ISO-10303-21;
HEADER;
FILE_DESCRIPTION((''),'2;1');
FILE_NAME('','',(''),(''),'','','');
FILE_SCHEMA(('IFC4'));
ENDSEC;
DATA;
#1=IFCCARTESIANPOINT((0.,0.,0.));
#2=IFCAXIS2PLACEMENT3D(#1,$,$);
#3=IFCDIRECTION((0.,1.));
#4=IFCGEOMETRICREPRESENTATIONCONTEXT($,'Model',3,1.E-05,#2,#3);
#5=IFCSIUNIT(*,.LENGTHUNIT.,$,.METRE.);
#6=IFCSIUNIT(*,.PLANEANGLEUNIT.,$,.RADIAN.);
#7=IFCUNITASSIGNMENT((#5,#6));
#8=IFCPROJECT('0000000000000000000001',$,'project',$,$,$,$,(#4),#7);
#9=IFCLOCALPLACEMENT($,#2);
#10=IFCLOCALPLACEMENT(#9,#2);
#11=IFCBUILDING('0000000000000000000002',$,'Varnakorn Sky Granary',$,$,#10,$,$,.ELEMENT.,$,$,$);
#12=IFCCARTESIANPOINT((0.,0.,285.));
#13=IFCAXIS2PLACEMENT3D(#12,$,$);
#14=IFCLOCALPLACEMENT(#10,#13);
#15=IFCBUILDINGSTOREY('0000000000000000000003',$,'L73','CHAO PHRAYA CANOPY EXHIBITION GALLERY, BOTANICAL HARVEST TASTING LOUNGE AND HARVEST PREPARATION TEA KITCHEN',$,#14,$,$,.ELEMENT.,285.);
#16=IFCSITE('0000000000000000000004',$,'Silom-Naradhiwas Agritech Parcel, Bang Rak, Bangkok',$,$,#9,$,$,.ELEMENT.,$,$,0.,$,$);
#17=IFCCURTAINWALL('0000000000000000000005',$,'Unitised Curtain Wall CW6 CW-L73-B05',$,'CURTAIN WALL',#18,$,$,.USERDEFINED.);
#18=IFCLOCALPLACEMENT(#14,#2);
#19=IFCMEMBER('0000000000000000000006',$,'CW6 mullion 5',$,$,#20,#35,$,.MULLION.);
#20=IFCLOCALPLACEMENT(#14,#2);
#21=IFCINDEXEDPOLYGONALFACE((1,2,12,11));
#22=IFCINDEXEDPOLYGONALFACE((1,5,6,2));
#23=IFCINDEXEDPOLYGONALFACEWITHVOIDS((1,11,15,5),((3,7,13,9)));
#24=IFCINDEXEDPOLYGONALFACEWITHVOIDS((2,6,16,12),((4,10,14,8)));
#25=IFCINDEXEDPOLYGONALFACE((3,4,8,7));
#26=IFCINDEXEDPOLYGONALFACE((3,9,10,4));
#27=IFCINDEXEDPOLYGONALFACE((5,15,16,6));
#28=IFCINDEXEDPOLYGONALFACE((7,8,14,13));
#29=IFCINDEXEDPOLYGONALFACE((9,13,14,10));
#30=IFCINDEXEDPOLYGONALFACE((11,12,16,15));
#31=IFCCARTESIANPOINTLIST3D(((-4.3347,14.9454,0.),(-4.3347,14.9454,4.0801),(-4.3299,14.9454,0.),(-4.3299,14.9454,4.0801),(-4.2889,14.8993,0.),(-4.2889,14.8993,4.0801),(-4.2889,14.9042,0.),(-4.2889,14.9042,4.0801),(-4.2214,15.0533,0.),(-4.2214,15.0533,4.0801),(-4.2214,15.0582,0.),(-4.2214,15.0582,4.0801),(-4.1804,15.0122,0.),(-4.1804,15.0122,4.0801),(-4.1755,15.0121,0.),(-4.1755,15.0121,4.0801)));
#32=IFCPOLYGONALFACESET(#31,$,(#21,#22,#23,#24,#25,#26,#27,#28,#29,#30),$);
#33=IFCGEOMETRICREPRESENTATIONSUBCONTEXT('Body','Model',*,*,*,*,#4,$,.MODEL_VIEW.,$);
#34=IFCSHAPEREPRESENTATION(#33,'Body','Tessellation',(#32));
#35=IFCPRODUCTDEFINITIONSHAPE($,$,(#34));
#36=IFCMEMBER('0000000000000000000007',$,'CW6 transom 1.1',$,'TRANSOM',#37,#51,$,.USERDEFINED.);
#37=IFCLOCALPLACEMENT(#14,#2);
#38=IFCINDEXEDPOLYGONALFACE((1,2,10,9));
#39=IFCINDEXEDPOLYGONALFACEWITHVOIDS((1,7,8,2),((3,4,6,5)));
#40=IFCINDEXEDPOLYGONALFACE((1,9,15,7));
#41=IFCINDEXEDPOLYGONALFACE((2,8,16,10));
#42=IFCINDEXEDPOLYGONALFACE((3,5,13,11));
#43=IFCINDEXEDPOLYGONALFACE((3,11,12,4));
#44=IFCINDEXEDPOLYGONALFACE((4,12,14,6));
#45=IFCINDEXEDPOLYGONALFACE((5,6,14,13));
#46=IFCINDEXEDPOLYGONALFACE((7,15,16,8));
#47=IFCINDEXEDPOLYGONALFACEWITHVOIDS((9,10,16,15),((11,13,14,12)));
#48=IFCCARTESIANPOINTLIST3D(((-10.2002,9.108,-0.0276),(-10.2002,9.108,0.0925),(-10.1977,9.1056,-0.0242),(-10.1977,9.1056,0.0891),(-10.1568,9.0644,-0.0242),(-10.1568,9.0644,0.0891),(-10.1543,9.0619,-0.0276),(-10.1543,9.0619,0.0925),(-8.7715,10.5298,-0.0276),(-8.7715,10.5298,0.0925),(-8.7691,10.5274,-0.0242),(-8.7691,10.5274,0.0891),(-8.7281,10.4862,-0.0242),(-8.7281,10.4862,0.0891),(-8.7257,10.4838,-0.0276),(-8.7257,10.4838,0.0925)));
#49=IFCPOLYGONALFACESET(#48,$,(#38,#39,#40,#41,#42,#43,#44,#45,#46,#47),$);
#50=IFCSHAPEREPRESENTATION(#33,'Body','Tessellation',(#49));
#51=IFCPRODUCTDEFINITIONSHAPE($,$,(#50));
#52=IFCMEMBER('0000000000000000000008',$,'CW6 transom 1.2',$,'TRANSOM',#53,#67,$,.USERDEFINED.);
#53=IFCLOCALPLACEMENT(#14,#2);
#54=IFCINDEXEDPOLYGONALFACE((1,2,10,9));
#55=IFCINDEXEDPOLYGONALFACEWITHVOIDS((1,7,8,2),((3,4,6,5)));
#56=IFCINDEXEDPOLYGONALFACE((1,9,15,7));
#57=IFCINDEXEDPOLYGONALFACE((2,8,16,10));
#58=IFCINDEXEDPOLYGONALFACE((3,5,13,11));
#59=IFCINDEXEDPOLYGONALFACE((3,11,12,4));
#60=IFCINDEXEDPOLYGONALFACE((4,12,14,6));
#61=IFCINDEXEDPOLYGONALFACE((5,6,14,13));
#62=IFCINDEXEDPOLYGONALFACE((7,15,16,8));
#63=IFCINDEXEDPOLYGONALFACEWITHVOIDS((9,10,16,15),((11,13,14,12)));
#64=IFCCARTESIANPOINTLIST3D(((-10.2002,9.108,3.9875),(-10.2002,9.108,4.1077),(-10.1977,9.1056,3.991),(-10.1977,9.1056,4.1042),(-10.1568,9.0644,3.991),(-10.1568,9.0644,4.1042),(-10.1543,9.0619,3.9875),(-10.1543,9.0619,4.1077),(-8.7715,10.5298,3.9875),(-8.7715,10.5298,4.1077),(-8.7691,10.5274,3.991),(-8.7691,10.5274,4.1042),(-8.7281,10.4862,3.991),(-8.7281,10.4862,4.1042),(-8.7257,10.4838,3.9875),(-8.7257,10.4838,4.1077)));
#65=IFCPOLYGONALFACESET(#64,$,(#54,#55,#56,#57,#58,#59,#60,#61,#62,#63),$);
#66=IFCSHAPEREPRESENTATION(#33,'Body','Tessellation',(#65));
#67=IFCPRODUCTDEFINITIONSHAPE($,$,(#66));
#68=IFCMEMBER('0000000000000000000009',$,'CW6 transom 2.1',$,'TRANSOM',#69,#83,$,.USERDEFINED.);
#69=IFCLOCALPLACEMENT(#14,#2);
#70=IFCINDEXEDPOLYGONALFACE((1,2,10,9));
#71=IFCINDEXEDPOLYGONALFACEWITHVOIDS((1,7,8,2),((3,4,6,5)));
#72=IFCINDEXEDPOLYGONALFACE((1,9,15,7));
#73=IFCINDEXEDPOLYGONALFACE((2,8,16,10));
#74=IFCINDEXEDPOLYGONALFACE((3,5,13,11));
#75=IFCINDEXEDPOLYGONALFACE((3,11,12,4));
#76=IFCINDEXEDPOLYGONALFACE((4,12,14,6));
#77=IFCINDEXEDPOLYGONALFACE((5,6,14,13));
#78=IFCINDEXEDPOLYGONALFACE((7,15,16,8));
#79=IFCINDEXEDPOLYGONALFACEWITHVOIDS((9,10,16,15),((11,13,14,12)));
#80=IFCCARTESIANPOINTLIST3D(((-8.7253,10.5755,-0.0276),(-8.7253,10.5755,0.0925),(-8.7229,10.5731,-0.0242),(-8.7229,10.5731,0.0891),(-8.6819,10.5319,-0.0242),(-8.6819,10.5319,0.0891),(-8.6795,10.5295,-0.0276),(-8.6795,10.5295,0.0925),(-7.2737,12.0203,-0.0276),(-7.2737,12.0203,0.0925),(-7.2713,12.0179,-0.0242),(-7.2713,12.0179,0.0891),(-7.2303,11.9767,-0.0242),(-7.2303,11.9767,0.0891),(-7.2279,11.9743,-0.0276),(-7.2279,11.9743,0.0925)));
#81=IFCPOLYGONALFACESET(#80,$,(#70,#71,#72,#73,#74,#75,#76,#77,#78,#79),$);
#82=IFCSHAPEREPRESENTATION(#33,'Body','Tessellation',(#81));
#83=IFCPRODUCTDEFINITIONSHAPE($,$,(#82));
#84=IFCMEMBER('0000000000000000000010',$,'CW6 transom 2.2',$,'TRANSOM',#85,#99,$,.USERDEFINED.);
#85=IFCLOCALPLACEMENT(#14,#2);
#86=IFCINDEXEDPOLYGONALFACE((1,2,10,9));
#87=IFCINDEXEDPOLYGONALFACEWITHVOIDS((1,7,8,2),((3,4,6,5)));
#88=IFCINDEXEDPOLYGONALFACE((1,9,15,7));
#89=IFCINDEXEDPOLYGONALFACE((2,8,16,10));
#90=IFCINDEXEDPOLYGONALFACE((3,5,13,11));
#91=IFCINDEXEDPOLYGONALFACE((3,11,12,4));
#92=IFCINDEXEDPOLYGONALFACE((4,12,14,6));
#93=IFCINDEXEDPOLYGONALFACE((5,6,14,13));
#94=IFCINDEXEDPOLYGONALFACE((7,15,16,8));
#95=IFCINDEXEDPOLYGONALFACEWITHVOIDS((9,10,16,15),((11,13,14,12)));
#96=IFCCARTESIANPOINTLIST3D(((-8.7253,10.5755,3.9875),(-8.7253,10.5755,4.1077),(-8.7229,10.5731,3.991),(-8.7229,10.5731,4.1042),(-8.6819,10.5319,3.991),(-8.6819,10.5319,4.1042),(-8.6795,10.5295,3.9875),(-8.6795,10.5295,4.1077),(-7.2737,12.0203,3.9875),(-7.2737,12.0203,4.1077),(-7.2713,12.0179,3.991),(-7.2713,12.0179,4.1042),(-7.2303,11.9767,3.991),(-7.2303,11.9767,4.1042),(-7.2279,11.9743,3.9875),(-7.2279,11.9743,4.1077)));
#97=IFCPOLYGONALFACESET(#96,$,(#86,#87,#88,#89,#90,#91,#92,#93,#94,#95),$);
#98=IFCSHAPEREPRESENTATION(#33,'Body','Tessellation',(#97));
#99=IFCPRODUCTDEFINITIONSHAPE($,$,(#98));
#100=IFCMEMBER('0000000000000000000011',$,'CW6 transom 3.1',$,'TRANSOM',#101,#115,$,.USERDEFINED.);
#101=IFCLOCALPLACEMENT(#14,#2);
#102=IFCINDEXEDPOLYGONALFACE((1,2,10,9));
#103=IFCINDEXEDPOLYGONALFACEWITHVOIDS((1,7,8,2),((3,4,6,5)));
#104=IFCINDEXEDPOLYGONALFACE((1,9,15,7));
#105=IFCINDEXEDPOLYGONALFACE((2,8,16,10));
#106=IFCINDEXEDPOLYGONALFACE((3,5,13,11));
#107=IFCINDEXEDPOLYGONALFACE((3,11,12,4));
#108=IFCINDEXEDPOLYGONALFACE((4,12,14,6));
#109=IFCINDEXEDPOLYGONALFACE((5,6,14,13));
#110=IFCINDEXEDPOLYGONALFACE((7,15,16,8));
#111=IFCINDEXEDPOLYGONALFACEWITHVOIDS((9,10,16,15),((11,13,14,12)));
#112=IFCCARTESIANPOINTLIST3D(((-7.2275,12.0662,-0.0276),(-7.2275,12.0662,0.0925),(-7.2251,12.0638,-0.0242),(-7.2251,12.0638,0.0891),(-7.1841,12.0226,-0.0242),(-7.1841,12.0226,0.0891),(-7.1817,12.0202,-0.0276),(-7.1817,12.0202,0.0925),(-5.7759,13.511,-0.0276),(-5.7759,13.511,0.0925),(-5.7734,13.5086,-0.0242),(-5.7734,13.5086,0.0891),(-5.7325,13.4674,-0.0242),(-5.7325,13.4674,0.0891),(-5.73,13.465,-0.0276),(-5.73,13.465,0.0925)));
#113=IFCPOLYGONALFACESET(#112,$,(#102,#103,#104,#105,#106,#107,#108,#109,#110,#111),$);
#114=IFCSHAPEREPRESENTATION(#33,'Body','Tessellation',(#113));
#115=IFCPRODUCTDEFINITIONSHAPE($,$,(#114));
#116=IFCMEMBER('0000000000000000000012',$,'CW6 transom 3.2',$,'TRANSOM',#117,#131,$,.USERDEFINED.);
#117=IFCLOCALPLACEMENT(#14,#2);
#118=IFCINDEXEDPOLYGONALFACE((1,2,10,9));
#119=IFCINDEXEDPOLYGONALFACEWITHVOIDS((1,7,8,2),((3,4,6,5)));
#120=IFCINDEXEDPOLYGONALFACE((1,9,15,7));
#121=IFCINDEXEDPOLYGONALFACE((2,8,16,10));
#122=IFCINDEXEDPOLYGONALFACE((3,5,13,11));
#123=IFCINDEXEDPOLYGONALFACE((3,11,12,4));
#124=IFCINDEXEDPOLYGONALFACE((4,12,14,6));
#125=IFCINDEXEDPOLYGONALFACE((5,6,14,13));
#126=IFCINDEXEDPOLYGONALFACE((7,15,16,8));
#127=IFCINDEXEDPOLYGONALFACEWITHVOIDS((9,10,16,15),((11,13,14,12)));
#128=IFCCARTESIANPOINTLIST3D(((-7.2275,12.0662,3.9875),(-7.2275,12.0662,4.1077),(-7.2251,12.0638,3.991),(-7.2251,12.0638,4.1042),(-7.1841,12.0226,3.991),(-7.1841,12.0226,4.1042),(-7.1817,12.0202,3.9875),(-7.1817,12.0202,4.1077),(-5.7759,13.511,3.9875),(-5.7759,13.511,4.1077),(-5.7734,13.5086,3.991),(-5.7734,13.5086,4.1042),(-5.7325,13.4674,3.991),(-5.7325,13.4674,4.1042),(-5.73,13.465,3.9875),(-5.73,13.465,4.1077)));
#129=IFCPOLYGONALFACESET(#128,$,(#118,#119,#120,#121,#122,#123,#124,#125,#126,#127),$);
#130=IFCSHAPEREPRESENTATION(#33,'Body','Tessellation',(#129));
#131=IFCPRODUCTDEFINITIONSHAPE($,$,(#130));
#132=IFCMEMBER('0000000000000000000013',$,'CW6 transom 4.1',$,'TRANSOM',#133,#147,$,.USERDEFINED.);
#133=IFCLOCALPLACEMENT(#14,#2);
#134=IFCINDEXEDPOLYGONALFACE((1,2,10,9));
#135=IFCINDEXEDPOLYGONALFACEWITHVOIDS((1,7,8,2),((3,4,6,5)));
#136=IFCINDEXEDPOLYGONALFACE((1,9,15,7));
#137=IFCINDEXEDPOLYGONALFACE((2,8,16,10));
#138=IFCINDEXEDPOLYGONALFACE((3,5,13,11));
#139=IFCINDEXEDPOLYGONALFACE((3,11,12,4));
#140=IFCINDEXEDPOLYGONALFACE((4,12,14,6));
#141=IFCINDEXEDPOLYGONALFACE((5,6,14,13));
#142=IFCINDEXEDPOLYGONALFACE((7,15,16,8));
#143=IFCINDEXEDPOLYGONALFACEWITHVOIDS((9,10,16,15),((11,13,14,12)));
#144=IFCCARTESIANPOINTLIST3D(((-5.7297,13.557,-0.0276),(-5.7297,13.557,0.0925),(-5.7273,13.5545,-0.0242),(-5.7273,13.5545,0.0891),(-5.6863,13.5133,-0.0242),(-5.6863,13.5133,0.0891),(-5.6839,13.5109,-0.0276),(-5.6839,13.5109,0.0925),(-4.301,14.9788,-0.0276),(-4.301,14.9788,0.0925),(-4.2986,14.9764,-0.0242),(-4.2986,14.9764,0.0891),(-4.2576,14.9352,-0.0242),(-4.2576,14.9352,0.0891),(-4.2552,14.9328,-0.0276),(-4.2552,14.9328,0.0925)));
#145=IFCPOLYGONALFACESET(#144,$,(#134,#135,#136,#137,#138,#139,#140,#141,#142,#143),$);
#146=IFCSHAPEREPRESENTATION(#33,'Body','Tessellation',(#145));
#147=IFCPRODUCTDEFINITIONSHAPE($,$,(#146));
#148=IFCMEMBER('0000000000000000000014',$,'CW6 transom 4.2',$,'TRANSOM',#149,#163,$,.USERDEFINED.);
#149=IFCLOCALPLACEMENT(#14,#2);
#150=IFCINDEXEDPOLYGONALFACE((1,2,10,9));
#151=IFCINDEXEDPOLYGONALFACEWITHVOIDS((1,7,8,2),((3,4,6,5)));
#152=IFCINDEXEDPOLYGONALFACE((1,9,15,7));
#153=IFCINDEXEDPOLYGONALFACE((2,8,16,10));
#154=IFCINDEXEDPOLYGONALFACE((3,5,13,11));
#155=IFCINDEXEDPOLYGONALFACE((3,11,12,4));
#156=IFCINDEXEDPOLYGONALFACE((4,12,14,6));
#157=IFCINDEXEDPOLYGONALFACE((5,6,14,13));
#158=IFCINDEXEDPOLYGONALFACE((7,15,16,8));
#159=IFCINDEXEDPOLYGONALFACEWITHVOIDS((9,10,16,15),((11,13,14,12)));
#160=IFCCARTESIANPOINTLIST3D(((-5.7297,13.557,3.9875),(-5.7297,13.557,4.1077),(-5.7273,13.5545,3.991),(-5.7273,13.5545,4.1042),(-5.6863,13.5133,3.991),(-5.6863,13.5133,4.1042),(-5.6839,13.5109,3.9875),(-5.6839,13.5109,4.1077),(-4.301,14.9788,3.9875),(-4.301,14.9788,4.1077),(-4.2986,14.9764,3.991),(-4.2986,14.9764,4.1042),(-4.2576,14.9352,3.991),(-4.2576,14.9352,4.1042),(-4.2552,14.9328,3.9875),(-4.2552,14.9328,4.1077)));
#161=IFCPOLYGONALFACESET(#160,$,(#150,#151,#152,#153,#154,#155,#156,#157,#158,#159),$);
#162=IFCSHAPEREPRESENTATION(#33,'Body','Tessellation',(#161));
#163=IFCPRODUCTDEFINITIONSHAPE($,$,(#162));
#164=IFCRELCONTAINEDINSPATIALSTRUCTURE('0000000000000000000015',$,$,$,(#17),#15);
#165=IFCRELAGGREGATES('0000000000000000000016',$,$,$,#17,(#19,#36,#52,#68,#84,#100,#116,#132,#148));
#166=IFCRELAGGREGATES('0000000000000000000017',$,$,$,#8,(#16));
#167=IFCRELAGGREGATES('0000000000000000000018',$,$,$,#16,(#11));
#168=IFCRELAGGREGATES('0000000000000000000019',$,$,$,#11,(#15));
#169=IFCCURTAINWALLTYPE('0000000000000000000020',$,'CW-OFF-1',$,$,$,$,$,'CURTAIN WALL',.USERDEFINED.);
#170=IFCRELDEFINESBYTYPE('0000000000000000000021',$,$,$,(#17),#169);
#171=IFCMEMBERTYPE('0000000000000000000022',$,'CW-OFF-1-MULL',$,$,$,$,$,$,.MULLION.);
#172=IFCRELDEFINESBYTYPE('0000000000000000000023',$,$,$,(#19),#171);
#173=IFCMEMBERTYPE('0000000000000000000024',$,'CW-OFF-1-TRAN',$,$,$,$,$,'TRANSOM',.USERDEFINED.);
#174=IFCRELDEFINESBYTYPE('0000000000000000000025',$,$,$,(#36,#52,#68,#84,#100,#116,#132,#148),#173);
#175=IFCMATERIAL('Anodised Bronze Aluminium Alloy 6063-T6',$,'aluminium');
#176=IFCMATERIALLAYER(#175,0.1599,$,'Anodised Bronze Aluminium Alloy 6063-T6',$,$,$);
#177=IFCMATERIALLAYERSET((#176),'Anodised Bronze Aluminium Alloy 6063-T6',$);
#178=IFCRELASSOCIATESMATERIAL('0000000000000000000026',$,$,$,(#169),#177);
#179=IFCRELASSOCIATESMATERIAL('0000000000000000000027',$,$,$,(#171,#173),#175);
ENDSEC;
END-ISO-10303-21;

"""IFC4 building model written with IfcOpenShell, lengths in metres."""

from ifc_helpers import new_model, si_unit, direction, frame, origin, origin_2d, place, context, subcontext, project, spatial, hollow_rectangle, extrude, material, layer, layer_set, material_profile, profile_set, type_object, element, aggregate, save


model = new_model("IFC4")

# Units and contexts
model_context = context("Model", 3, precision=1e-05, world=origin(), true_north=direction((0.0, 1.0)))
body_context = subcontext(model_context, "Body", "Model", "MODEL_VIEW")
ifc_project = project(units=[si_unit("LENGTHUNIT", "METRE"), si_unit("PLANEANGLEUNIT", "RADIAN")], contexts=[model_context])

# Site, building, storey
site_placement = place(None, origin())
site = spatial("IfcSite", under=ifc_project, at=site_placement, Name="Silom-Naradhiwas Agritech Parcel, Bang Rak, Bangkok", CompositionType="ELEMENT", RefElevation=0.0)
building_placement = place(site_placement, origin())
building = spatial("IfcBuilding", under=site, at=building_placement, Name="Varnakorn Sky Granary", CompositionType="ELEMENT")
storey_placement = place(building_placement, frame((0.0, 0.0, 285.0)))
storey = spatial("IfcBuildingStorey", under=building, at=storey_placement, Name="L73", Description="CHAO PHRAYA CANOPY EXHIBITION GALLERY, BOTANICAL HARVEST TASTING LOUNGE AND HARVEST PREPARATION TEA KITCHEN", CompositionType="ELEMENT", Elevation=285.0)

# Curtain wall, members
ifc_material_1 = material(Name="Anodised Bronze Aluminium Alloy 6063-T6", Category="aluminium")
ifc_layer_1 = layer(ifc_material_1, 0.1599, Name="Anodised Bronze Aluminium Alloy 6063-T6")
ifc_layer_set_1 = layer_set([ifc_layer_1], Name="Anodised Bronze Aluminium Alloy 6063-T6")
curtain_wall_type = type_object("IfcCurtainWallType", Name="CW-OFF-1", ElementType="CURTAIN WALL", PredefinedType="USERDEFINED", material=ifc_layer_set_1)
curtain_wall_placement = place(storey_placement, origin())
curtain_wall = element("IfcCurtainWall", 1, at=curtain_wall_placement, inside=storey, type_object=curtain_wall_type, Name="Unitised Curtain Wall CW6 CW-L73-B05", ObjectType="CURTAIN WALL", PredefinedType="USERDEFINED")
ifc_material_profile_1 = material_profile(ifc_material_1, hollow_rectangle(XDim=0.0649, YDim=0.1599, WallThickness=0.0034, at=origin_2d()), Name="ALU MULL 65x160")
ifc_profile_set_1 = profile_set([ifc_material_profile_1], Name="Anodised Bronze Aluminium Alloy 6063-T6")
member_type_1 = type_object("IfcMemberType", Name="CW-OFF-1-MULL", PredefinedType="MULLION", material=ifc_profile_set_1)
member_1_placement = place(storey_placement, frame((-4.2551, 14.9788, 0.0), z_axis=(0.0, 0.0, 1.0), x_axis=(-0.705419, 0.708791, 0.0)))
member_1 = element("IfcMember", 2, at=member_1_placement, type_object=member_type_1, Name="CW6 mullion 5", PredefinedType="MULLION", context=body_context, shape_type="SweptSolid", body=[
    extrude(hollow_rectangle(XDim=0.0649, YDim=0.1599, WallThickness=0.0034, at=origin_2d()), origin(), (0.0, 0.0, 1.0), 4.0801),
])
ifc_material_profile_2 = material_profile(ifc_material_1, hollow_rectangle(XDim=0.0649, YDim=0.1201, WallThickness=0.0034, at=origin_2d()), Name="ALU TRAN 65x120")
ifc_profile_set_2 = profile_set([ifc_material_profile_2], Name="Anodised Bronze Aluminium Alloy 6063-T6")
member_type_2 = type_object("IfcMemberType", Name="CW-OFF-1-TRAN", ElementType="TRANSOM", PredefinedType="USERDEFINED", material=ifc_profile_set_2)
member_2_placement = place(storey_placement, frame((-10.1772, 9.085, 0.0325), z_axis=(0.7088, 0.705409, 0.0), x_axis=(-0.705409, 0.7088, 0.0)))
member_2 = element("IfcMember", 3, at=member_2_placement, type_object=member_type_2, Name="CW6 transom 1.1", ObjectType="TRANSOM", PredefinedType="USERDEFINED", context=body_context, shape_type="SweptSolid", body=[
    extrude(hollow_rectangle(XDim=0.0649, YDim=0.1201, WallThickness=0.0034, at=origin_2d()), origin(), (0.0, 0.0, 1.0), 2.0156),
])
member_3_placement = place(storey_placement, frame((-10.1772, 9.085, 4.0476), z_axis=(0.7088, 0.705409, 0.0), x_axis=(-0.705409, 0.7088, 0.0)))
member_3 = element("IfcMember", 4, at=member_3_placement, type_object=member_type_2, Name="CW6 transom 1.2", ObjectType="TRANSOM", PredefinedType="USERDEFINED", context=body_context, shape_type="SweptSolid", body=[
    extrude(hollow_rectangle(XDim=0.0649, YDim=0.1201, WallThickness=0.0034, at=origin_2d()), origin(), (0.0, 0.0, 1.0), 2.0156),
])
member_4_placement = place(storey_placement, frame((-8.7024, 10.5525, 0.0325), z_axis=(0.708774, 0.705436, 0.0), x_axis=(-0.705436, 0.708774, 0.0)))
member_4 = element("IfcMember", 5, at=member_4_placement, type_object=member_type_2, Name="CW6 transom 2.1", ObjectType="TRANSOM", PredefinedType="USERDEFINED", context=body_context, shape_type="SweptSolid", body=[
    extrude(hollow_rectangle(XDim=0.0649, YDim=0.1201, WallThickness=0.0034, at=origin_2d()), origin(), (0.0, 0.0, 1.0), 2.0481),
])
member_5_placement = place(storey_placement, frame((-8.7024, 10.5525, 4.0476), z_axis=(0.708774, 0.705436, 0.0), x_axis=(-0.705436, 0.708774, 0.0)))
member_5 = element("IfcMember", 6, at=member_5_placement, type_object=member_type_2, Name="CW6 transom 2.2", ObjectType="TRANSOM", PredefinedType="USERDEFINED", context=body_context, shape_type="SweptSolid", body=[
    extrude(hollow_rectangle(XDim=0.0649, YDim=0.1201, WallThickness=0.0034, at=origin_2d()), origin(), (0.0, 0.0, 1.0), 2.0481),
])
member_6_placement = place(storey_placement, frame((-7.2046, 12.0432, 0.0325), z_axis=(0.708774, 0.705436, 0.0), x_axis=(-0.705436, 0.708774, 0.0)))
member_6 = element("IfcMember", 7, at=member_6_placement, type_object=member_type_2, Name="CW6 transom 3.1", ObjectType="TRANSOM", PredefinedType="USERDEFINED", context=body_context, shape_type="SweptSolid", body=[
    extrude(hollow_rectangle(XDim=0.0649, YDim=0.1201, WallThickness=0.0034, at=origin_2d()), origin(), (0.0, 0.0, 1.0), 2.0481),
])
member_7_placement = place(storey_placement, frame((-7.2046, 12.0432, 4.0476), z_axis=(0.708774, 0.705436, 0.0), x_axis=(-0.705436, 0.708774, 0.0)))
member_7 = element("IfcMember", 8, at=member_7_placement, type_object=member_type_2, Name="CW6 transom 3.2", ObjectType="TRANSOM", PredefinedType="USERDEFINED", context=body_context, shape_type="SweptSolid", body=[
    extrude(hollow_rectangle(XDim=0.0649, YDim=0.1201, WallThickness=0.0034, at=origin_2d()), origin(), (0.0, 0.0, 1.0), 2.0481),
])
member_8_placement = place(storey_placement, frame((-5.7068, 13.5339, 0.0325), z_axis=(0.7088, 0.705409, 0.0), x_axis=(-0.705409, 0.7088, 0.0)))
member_8 = element("IfcMember", 9, at=member_8_placement, type_object=member_type_2, Name="CW6 transom 4.1", ObjectType="TRANSOM", PredefinedType="USERDEFINED", context=body_context, shape_type="SweptSolid", body=[
    extrude(hollow_rectangle(XDim=0.0649, YDim=0.1201, WallThickness=0.0034, at=origin_2d()), origin(), (0.0, 0.0, 1.0), 2.0156),
])
member_9_placement = place(storey_placement, frame((-5.7068, 13.5339, 4.0476), z_axis=(0.7088, 0.705409, 0.0), x_axis=(-0.705409, 0.7088, 0.0)))
member_9 = element("IfcMember", 10, at=member_9_placement, type_object=member_type_2, Name="CW6 transom 4.2", ObjectType="TRANSOM", PredefinedType="USERDEFINED", context=body_context, shape_type="SweptSolid", body=[
    extrude(hollow_rectangle(XDim=0.0649, YDim=0.1201, WallThickness=0.0034, at=origin_2d()), origin(), (0.0, 0.0, 1.0), 2.0156),
])

aggregate(curtain_wall, [member_1, member_2, member_3, member_4, member_5, member_6, member_7, member_8, member_9])

save(model, "model.ifc")
